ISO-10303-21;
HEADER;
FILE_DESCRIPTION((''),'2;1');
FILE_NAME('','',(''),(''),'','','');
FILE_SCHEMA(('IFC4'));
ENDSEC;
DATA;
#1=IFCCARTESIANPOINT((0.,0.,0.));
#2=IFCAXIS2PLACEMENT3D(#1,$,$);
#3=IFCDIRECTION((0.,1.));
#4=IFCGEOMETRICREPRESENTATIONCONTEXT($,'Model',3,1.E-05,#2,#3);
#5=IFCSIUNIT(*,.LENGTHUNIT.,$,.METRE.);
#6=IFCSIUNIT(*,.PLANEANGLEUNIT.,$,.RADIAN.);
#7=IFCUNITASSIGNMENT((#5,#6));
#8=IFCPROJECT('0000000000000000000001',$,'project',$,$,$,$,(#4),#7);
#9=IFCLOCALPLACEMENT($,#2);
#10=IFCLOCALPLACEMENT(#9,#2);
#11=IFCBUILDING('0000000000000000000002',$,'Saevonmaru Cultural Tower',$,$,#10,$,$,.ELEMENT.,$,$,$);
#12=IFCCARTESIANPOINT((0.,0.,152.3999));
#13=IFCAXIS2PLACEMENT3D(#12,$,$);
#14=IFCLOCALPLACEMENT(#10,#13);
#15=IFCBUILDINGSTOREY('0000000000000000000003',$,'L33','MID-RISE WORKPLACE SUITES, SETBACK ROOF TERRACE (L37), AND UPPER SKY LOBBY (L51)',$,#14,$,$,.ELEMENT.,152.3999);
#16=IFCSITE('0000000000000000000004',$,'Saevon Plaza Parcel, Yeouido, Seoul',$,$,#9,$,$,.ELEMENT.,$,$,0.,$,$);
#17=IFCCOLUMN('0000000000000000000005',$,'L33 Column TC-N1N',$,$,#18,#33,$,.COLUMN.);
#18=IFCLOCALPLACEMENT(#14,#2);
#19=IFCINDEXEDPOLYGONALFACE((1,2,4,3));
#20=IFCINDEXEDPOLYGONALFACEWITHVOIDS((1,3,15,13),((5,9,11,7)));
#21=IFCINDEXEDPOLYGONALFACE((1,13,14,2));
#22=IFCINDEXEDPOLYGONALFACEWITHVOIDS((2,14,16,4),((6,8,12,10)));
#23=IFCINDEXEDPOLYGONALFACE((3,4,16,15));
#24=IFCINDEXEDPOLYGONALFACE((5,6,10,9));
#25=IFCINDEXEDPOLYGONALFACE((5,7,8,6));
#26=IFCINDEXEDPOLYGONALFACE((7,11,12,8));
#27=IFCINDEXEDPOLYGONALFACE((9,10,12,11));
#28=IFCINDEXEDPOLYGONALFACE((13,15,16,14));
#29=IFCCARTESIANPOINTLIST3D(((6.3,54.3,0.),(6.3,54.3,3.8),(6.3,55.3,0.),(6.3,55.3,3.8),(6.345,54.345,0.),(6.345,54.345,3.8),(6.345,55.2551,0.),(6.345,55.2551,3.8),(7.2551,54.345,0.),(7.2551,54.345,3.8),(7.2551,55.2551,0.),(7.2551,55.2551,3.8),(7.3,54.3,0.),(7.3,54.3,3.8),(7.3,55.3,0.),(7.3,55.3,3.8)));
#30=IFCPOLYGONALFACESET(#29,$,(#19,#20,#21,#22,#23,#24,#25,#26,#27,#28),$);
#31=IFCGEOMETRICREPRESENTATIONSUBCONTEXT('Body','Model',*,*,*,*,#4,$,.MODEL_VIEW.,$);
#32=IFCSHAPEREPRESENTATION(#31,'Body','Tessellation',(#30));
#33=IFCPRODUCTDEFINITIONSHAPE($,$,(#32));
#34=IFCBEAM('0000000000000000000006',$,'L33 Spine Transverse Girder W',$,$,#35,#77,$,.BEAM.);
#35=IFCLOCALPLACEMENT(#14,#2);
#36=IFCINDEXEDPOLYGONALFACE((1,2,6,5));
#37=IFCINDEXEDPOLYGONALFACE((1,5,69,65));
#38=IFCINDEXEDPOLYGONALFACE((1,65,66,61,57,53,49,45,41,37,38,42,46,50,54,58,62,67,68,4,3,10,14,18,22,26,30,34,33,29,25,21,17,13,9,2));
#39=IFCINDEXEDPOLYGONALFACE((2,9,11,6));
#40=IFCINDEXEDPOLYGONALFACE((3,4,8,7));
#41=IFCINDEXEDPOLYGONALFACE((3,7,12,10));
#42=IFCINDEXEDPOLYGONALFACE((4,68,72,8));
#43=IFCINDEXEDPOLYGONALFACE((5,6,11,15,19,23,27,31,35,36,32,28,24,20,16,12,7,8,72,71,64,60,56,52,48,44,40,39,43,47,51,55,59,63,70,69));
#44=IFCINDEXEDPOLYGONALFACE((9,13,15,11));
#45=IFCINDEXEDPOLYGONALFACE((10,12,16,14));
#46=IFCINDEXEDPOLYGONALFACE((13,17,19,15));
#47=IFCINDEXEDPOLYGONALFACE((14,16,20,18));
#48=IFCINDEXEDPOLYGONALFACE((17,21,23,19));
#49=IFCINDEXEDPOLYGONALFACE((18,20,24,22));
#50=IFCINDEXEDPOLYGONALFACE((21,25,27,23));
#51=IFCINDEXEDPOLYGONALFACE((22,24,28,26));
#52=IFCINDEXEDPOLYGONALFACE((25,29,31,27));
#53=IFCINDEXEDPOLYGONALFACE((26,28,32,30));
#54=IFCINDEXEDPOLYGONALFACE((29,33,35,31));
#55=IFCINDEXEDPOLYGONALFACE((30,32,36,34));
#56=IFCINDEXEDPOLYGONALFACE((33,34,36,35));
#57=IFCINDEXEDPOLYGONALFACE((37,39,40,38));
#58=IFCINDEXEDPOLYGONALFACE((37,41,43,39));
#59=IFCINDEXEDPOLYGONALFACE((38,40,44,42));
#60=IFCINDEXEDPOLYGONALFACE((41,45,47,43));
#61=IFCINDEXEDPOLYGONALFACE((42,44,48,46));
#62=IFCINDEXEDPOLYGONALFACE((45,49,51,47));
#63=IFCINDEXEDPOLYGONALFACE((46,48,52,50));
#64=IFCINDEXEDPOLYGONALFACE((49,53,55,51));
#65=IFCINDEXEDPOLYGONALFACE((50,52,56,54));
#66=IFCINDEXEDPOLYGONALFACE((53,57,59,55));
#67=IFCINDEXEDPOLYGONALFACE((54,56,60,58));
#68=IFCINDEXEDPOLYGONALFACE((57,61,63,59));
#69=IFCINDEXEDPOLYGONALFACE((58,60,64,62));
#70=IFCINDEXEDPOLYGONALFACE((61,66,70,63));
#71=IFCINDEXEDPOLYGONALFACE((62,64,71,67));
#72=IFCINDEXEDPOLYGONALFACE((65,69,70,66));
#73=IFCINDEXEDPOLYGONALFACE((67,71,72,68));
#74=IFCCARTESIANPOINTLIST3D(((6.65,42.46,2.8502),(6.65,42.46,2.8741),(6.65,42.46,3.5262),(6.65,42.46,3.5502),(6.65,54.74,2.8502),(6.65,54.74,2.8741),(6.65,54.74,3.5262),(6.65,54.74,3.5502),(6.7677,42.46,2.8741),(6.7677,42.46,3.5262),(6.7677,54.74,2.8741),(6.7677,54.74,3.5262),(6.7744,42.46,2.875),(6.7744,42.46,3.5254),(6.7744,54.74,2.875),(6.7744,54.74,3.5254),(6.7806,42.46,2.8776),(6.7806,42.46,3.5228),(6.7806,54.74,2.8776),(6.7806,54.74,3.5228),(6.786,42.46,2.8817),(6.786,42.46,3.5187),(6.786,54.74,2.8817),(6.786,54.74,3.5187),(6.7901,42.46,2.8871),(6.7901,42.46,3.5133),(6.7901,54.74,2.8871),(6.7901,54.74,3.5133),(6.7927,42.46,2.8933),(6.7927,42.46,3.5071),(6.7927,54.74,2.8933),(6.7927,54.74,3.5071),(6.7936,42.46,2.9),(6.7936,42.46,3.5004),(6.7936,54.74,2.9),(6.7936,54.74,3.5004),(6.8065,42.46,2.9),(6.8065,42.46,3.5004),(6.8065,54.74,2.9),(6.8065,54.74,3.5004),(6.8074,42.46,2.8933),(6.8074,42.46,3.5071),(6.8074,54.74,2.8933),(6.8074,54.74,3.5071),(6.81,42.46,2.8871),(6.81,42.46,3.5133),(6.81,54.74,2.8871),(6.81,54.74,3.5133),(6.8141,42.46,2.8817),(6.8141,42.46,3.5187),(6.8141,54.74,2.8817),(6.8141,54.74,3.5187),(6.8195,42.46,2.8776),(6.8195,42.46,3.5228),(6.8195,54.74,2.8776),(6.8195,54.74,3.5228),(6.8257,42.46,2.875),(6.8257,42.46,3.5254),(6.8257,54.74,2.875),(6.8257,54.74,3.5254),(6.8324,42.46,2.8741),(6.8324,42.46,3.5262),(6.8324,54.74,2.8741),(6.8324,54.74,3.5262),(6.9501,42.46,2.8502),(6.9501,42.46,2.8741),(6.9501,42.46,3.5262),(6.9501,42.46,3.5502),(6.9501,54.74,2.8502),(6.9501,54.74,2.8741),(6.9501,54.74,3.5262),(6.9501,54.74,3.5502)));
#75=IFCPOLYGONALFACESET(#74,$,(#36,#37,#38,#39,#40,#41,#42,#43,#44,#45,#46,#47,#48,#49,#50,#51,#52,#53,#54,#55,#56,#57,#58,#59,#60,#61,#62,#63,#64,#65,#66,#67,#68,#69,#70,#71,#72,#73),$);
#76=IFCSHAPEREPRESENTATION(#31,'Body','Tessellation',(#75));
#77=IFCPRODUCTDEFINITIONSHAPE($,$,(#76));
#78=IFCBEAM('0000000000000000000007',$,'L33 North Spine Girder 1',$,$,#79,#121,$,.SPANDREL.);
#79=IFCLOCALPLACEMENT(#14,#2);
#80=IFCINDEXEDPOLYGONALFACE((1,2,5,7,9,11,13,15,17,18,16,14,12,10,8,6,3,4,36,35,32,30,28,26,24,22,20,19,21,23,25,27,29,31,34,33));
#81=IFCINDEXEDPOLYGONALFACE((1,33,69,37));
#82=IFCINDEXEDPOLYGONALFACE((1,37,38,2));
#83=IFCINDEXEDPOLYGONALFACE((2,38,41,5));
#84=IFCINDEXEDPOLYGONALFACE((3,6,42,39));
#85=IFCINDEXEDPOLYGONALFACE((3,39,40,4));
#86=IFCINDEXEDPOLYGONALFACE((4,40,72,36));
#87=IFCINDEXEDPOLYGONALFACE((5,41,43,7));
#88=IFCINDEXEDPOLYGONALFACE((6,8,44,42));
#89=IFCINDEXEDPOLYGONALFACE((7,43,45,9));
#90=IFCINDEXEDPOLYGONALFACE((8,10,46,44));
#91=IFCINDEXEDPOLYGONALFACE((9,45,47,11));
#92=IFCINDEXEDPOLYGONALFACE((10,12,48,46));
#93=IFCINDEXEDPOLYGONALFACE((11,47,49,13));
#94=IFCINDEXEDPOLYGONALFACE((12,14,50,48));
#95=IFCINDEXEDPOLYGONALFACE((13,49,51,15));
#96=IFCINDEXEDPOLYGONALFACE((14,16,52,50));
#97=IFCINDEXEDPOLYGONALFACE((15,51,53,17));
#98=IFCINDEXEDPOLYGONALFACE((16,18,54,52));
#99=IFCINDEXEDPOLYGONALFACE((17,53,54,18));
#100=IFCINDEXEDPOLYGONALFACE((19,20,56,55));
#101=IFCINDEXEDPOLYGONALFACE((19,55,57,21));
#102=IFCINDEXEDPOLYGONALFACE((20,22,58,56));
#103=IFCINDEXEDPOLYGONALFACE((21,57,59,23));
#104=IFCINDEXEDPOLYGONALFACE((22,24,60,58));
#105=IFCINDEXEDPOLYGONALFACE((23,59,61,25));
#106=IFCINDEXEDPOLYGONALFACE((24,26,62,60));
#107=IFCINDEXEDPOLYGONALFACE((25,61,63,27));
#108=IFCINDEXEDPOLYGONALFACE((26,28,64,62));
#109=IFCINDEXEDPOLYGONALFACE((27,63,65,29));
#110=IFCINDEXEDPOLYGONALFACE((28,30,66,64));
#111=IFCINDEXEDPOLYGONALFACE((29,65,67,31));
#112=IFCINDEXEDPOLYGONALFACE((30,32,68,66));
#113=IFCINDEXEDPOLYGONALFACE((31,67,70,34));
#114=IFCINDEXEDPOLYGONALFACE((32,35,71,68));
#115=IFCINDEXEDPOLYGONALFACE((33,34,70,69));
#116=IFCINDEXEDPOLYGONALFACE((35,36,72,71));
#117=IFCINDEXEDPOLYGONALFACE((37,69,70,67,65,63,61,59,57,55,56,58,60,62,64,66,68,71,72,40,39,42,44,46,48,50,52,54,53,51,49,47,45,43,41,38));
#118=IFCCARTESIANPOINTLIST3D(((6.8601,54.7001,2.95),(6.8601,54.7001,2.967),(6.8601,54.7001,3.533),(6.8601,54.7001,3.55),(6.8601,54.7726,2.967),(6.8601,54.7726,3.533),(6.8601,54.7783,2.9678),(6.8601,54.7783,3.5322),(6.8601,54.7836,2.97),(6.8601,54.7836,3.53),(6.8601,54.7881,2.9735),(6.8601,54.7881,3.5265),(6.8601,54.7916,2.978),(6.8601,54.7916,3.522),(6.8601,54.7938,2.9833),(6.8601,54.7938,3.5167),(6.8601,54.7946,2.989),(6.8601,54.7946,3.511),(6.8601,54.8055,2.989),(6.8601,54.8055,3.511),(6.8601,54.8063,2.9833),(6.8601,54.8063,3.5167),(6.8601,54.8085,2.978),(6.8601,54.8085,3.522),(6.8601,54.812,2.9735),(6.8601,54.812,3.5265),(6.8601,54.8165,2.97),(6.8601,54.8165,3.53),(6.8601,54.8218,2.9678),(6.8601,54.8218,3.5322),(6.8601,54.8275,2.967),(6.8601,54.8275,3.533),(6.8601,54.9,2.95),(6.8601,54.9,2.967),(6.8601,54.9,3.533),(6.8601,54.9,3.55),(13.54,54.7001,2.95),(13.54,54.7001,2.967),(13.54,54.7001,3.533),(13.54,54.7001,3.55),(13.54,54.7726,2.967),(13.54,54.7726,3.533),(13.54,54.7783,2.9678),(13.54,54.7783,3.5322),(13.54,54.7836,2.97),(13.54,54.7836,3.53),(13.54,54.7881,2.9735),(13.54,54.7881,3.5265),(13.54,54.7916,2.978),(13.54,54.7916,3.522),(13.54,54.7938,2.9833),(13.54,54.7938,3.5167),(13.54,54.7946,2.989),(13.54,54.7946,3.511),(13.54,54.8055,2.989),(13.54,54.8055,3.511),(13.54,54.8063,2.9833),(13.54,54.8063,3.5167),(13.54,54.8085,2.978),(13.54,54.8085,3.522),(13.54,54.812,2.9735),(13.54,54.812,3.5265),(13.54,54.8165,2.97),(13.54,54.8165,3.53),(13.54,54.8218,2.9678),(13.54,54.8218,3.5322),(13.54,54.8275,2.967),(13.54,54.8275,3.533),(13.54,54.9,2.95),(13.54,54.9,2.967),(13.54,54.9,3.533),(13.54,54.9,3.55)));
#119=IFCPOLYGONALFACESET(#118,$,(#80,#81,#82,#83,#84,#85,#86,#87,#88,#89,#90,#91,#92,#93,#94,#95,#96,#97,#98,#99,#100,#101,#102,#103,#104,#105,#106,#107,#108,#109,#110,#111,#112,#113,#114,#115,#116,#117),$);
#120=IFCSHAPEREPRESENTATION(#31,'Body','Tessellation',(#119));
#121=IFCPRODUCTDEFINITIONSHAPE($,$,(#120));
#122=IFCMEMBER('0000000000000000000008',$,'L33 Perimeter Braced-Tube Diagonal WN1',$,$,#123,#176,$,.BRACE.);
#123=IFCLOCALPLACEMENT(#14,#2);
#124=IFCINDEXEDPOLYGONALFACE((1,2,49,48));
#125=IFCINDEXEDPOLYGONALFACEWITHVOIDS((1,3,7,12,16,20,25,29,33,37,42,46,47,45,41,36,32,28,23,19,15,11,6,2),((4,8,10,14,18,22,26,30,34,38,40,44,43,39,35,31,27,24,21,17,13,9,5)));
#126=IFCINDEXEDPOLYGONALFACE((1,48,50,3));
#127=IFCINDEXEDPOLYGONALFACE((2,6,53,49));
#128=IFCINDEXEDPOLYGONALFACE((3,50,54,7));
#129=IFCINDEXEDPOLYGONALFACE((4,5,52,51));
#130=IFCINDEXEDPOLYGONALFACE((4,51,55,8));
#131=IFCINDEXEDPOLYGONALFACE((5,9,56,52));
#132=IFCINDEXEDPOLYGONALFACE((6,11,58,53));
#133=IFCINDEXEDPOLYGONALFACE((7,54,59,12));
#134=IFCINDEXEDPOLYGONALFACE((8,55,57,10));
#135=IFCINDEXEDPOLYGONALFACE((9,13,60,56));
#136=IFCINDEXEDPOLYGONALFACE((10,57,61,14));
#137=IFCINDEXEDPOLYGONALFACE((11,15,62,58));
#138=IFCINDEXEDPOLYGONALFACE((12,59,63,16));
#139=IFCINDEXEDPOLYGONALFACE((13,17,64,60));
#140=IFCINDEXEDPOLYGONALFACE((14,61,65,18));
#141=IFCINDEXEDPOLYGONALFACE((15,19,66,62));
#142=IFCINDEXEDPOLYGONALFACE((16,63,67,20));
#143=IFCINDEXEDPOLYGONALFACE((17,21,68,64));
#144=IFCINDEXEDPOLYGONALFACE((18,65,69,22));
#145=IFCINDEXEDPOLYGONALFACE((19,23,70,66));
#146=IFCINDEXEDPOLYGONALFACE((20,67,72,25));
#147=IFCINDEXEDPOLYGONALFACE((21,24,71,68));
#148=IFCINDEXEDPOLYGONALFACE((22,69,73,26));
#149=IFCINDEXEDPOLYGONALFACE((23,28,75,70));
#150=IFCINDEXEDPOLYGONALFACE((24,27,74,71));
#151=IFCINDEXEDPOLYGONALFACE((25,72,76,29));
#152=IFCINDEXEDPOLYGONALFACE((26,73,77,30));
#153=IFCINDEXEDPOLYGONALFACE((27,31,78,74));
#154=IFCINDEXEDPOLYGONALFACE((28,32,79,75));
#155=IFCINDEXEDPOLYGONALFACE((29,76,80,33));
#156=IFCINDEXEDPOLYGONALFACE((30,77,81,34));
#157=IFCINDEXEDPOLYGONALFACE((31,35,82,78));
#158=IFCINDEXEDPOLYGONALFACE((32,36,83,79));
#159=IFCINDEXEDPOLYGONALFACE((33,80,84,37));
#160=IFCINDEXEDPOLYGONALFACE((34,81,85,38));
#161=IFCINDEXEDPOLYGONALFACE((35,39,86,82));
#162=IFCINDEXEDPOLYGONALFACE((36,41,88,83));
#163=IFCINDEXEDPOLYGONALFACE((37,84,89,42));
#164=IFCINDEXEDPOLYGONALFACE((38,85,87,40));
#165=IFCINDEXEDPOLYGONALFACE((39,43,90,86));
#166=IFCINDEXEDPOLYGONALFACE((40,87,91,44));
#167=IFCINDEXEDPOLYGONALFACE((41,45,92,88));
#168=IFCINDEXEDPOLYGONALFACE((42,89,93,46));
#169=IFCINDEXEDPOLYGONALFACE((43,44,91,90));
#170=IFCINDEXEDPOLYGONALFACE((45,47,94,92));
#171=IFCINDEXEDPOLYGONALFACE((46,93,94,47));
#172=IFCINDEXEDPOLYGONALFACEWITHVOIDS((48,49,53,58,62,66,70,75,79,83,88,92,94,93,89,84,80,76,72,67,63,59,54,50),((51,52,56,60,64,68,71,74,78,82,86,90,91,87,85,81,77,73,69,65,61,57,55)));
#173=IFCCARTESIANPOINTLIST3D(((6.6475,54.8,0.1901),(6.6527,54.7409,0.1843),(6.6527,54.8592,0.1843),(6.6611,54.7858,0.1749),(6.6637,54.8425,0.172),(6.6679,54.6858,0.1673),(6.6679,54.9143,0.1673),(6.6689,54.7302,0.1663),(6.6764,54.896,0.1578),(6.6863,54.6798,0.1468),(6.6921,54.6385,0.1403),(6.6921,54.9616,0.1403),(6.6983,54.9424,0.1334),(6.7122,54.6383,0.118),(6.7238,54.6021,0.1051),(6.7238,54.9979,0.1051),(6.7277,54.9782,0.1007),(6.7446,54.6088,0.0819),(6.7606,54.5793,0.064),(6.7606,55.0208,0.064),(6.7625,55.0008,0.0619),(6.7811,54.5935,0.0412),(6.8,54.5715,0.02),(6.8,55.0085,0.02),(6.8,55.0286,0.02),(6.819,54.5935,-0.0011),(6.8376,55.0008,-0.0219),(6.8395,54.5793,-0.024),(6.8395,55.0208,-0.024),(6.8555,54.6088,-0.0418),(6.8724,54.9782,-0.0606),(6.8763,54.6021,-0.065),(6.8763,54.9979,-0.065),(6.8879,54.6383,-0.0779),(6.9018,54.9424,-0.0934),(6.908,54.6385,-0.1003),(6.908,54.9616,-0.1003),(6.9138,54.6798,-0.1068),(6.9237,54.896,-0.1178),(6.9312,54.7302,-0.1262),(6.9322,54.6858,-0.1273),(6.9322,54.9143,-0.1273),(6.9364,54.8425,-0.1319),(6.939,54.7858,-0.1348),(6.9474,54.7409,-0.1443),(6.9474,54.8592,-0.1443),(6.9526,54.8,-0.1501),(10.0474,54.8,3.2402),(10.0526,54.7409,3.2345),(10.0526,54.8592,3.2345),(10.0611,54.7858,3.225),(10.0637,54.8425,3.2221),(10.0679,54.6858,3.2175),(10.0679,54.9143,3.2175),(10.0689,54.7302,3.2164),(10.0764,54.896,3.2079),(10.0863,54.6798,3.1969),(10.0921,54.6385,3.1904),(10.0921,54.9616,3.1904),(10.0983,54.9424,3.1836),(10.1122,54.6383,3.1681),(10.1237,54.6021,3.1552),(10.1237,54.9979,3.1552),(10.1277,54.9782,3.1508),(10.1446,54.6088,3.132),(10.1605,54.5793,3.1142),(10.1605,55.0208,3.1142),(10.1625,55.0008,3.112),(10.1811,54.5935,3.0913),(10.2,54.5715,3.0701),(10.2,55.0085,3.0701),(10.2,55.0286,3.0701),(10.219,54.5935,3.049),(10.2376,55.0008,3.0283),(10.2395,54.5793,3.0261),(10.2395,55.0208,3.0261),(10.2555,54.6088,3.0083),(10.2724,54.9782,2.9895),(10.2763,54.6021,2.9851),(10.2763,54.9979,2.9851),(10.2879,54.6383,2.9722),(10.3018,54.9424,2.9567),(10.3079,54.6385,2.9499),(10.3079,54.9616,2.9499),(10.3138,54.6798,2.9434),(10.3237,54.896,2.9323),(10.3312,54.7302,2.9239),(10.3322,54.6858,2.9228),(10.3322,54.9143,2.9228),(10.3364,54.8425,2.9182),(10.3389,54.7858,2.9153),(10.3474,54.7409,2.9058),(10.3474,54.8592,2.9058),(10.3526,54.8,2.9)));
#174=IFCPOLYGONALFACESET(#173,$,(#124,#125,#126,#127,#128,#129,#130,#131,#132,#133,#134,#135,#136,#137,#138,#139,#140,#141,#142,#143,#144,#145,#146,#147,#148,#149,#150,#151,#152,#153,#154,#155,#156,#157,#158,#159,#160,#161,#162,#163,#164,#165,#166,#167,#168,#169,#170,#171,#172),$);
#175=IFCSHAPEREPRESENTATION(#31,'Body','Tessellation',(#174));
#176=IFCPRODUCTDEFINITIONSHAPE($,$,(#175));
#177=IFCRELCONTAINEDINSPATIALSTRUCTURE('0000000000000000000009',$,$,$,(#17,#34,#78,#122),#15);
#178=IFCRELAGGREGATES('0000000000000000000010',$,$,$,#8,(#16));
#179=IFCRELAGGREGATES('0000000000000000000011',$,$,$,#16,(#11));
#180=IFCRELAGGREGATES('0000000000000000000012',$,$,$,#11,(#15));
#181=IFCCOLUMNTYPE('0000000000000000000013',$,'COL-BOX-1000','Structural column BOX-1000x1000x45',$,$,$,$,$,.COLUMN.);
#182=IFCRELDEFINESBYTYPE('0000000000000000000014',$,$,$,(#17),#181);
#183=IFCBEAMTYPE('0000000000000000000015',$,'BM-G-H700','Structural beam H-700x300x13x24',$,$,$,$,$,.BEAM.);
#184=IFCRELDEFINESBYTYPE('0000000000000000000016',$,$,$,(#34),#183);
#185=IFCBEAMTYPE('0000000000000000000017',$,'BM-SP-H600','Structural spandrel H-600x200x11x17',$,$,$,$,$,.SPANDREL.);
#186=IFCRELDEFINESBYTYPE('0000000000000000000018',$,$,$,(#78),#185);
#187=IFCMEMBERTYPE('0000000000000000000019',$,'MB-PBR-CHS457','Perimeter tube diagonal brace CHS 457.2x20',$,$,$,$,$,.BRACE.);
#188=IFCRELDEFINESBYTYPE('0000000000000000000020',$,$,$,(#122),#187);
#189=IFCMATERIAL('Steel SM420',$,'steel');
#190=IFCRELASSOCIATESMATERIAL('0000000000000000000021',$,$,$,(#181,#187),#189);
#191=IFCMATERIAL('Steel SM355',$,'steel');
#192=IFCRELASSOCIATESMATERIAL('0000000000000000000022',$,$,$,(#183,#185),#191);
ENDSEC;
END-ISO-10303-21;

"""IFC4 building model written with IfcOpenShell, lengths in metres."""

from ifc_helpers import new_model, si_unit, direction, frame, origin, origin_2d, place, context, subcontext, project, spatial, hollow_rectangle, hollow_circle, i_section, extrude, material, material_profile, profile_set, type_object, element, save


model = new_model("IFC4")

# Units and contexts
model_context = context("Model", 3, precision=1e-05, world=origin(), true_north=direction((0.0, 1.0)))
body_context = subcontext(model_context, "Body", "Model", "MODEL_VIEW")
ifc_project = project(units=[si_unit("LENGTHUNIT", "METRE"), si_unit("PLANEANGLEUNIT", "RADIAN")], contexts=[model_context])

# Site, building, storey
site_placement = place(None, origin())
site = spatial("IfcSite", under=ifc_project, at=site_placement, Name="Saevon Plaza Parcel, Yeouido, Seoul", CompositionType="ELEMENT", RefElevation=0.0)
building_placement = place(site_placement, origin())
building = spatial("IfcBuilding", under=site, at=building_placement, Name="Saevonmaru Cultural Tower", CompositionType="ELEMENT")
storey_placement = place(building_placement, frame((0.0, 0.0, 152.3999)))
storey = spatial("IfcBuildingStorey", under=building, at=storey_placement, Name="L33", Description="MID-RISE WORKPLACE SUITES, SETBACK ROOF TERRACE (L37), AND UPPER SKY LOBBY (L51)", CompositionType="ELEMENT", Elevation=152.3999)

# Column
ifc_material_1 = material(Name="Steel SM420", Category="steel")
ifc_material_profile_1 = material_profile(ifc_material_1, hollow_rectangle(XDim=1.0, YDim=1.0, WallThickness=0.0449, at=origin_2d()), Name="BOX-1000x1000x45")
ifc_profile_set_1 = profile_set([ifc_material_profile_1], Name="Steel SM420")
column_type = type_object("IfcColumnType", Name="COL-BOX-1000", Description="Structural column BOX-1000x1000x45", PredefinedType="COLUMN", material=ifc_profile_set_1)
column_placement = place(storey_placement, frame((6.8, 54.8, 0.0), z_axis=(0.0, 0.0, 1.0), x_axis=(1.0, 0.0, 0.0)))
element("IfcColumn", 1, at=column_placement, inside=storey, type_object=column_type, Name="L33 Column TC-N1N", PredefinedType="COLUMN", context=body_context, shape_type="SweptSolid", body=[
    extrude(hollow_rectangle(XDim=1.0, YDim=1.0, WallThickness=0.0449, at=origin_2d()), origin(), (0.0, 0.0, 1.0), 3.8),
])

# Beams
ifc_material_2 = material(Name="Steel SM355", Category="steel")
ifc_material_profile_2 = material_profile(ifc_material_2, i_section(OverallWidth=0.3, OverallDepth=0.7, WebThickness=0.0129, FlangeThickness=0.0239, FilletRadius=0.0259, at=origin_2d()), Name="H-700x300x13x24")
ifc_profile_set_2 = profile_set([ifc_material_profile_2], Name="Steel SM355")
beam_type_1 = type_object("IfcBeamType", Name="BM-G-H700", Description="Structural beam H-700x300x13x24", PredefinedType="BEAM", material=ifc_profile_set_2)
beam_1_placement = place(storey_placement, frame((6.8, 54.74, 3.2002), z_axis=(0.0, -1.0, 0.0), x_axis=(1.0, 0.0, 0.0)))
element("IfcBeam", 2, at=beam_1_placement, inside=storey, type_object=beam_type_1, Name="L33 Spine Transverse Girder W", PredefinedType="BEAM", context=body_context, shape_type="SweptSolid", body=[
    extrude(i_section(OverallWidth=0.3, OverallDepth=0.7, WebThickness=0.0129, FlangeThickness=0.0239, FilletRadius=0.0259, at=origin_2d()), origin(), (0.0, 0.0, 1.0), 12.28),
])
ifc_material_profile_3 = material_profile(ifc_material_2, i_section(OverallWidth=0.2, OverallDepth=0.6001, WebThickness=0.011, FlangeThickness=0.0171, FilletRadius=0.022, at=origin_2d()), Name="H-600x200x11x17")
ifc_profile_set_3 = profile_set([ifc_material_profile_3], Name="Steel SM355")
beam_type_2 = type_object("IfcBeamType", Name="BM-SP-H600", Description="Structural spandrel H-600x200x11x17", PredefinedType="SPANDREL", material=ifc_profile_set_3)
beam_2_placement = place(storey_placement, frame((6.8601, 54.8, 3.25), z_axis=(1.0, 0.0, 0.0), x_axis=(0.0, 1.0, 0.0)))
element("IfcBeam", 3, at=beam_2_placement, inside=storey, type_object=beam_type_2, Name="L33 North Spine Girder 1", PredefinedType="SPANDREL", context=body_context, shape_type="SweptSolid", body=[
    extrude(i_section(OverallWidth=0.2, OverallDepth=0.6001, WebThickness=0.011, FlangeThickness=0.0171, FilletRadius=0.022, at=origin_2d()), origin(), (0.0, 0.0, 1.0), 6.6799),
])

# Member
ifc_material_profile_4 = material_profile(ifc_material_1, hollow_circle(Radius=0.2285, WallThickness=0.02, at=origin_2d()), Name="CHS-457.2x20")
ifc_profile_set_4 = profile_set([ifc_material_profile_4], Name="Steel SM420")
member_type_1 = type_object("IfcMemberType", Name="MB-PBR-CHS457", Description="Perimeter tube diagonal brace CHS 457.2x20", PredefinedType="BRACE", material=ifc_profile_set_4)
member_1_placement = place(storey_placement, frame((6.8, 54.8, 0.02), z_axis=(0.744367, 0.0, 0.667771), x_axis=(0.0, 1.0, 0.0)))
element("IfcMember", 4, at=member_1_placement, inside=storey, type_object=member_type_1, Name="L33 Perimeter Braced-Tube Diagonal WN1", PredefinedType="BRACE", context=body_context, shape_type="SweptSolid", body=[
    extrude(hollow_circle(Radius=0.2285, WallThickness=0.02, at=origin_2d()), origin(), (0.0, 0.0, 1.0), 4.5676),
])

save(model, "model.ifc")
